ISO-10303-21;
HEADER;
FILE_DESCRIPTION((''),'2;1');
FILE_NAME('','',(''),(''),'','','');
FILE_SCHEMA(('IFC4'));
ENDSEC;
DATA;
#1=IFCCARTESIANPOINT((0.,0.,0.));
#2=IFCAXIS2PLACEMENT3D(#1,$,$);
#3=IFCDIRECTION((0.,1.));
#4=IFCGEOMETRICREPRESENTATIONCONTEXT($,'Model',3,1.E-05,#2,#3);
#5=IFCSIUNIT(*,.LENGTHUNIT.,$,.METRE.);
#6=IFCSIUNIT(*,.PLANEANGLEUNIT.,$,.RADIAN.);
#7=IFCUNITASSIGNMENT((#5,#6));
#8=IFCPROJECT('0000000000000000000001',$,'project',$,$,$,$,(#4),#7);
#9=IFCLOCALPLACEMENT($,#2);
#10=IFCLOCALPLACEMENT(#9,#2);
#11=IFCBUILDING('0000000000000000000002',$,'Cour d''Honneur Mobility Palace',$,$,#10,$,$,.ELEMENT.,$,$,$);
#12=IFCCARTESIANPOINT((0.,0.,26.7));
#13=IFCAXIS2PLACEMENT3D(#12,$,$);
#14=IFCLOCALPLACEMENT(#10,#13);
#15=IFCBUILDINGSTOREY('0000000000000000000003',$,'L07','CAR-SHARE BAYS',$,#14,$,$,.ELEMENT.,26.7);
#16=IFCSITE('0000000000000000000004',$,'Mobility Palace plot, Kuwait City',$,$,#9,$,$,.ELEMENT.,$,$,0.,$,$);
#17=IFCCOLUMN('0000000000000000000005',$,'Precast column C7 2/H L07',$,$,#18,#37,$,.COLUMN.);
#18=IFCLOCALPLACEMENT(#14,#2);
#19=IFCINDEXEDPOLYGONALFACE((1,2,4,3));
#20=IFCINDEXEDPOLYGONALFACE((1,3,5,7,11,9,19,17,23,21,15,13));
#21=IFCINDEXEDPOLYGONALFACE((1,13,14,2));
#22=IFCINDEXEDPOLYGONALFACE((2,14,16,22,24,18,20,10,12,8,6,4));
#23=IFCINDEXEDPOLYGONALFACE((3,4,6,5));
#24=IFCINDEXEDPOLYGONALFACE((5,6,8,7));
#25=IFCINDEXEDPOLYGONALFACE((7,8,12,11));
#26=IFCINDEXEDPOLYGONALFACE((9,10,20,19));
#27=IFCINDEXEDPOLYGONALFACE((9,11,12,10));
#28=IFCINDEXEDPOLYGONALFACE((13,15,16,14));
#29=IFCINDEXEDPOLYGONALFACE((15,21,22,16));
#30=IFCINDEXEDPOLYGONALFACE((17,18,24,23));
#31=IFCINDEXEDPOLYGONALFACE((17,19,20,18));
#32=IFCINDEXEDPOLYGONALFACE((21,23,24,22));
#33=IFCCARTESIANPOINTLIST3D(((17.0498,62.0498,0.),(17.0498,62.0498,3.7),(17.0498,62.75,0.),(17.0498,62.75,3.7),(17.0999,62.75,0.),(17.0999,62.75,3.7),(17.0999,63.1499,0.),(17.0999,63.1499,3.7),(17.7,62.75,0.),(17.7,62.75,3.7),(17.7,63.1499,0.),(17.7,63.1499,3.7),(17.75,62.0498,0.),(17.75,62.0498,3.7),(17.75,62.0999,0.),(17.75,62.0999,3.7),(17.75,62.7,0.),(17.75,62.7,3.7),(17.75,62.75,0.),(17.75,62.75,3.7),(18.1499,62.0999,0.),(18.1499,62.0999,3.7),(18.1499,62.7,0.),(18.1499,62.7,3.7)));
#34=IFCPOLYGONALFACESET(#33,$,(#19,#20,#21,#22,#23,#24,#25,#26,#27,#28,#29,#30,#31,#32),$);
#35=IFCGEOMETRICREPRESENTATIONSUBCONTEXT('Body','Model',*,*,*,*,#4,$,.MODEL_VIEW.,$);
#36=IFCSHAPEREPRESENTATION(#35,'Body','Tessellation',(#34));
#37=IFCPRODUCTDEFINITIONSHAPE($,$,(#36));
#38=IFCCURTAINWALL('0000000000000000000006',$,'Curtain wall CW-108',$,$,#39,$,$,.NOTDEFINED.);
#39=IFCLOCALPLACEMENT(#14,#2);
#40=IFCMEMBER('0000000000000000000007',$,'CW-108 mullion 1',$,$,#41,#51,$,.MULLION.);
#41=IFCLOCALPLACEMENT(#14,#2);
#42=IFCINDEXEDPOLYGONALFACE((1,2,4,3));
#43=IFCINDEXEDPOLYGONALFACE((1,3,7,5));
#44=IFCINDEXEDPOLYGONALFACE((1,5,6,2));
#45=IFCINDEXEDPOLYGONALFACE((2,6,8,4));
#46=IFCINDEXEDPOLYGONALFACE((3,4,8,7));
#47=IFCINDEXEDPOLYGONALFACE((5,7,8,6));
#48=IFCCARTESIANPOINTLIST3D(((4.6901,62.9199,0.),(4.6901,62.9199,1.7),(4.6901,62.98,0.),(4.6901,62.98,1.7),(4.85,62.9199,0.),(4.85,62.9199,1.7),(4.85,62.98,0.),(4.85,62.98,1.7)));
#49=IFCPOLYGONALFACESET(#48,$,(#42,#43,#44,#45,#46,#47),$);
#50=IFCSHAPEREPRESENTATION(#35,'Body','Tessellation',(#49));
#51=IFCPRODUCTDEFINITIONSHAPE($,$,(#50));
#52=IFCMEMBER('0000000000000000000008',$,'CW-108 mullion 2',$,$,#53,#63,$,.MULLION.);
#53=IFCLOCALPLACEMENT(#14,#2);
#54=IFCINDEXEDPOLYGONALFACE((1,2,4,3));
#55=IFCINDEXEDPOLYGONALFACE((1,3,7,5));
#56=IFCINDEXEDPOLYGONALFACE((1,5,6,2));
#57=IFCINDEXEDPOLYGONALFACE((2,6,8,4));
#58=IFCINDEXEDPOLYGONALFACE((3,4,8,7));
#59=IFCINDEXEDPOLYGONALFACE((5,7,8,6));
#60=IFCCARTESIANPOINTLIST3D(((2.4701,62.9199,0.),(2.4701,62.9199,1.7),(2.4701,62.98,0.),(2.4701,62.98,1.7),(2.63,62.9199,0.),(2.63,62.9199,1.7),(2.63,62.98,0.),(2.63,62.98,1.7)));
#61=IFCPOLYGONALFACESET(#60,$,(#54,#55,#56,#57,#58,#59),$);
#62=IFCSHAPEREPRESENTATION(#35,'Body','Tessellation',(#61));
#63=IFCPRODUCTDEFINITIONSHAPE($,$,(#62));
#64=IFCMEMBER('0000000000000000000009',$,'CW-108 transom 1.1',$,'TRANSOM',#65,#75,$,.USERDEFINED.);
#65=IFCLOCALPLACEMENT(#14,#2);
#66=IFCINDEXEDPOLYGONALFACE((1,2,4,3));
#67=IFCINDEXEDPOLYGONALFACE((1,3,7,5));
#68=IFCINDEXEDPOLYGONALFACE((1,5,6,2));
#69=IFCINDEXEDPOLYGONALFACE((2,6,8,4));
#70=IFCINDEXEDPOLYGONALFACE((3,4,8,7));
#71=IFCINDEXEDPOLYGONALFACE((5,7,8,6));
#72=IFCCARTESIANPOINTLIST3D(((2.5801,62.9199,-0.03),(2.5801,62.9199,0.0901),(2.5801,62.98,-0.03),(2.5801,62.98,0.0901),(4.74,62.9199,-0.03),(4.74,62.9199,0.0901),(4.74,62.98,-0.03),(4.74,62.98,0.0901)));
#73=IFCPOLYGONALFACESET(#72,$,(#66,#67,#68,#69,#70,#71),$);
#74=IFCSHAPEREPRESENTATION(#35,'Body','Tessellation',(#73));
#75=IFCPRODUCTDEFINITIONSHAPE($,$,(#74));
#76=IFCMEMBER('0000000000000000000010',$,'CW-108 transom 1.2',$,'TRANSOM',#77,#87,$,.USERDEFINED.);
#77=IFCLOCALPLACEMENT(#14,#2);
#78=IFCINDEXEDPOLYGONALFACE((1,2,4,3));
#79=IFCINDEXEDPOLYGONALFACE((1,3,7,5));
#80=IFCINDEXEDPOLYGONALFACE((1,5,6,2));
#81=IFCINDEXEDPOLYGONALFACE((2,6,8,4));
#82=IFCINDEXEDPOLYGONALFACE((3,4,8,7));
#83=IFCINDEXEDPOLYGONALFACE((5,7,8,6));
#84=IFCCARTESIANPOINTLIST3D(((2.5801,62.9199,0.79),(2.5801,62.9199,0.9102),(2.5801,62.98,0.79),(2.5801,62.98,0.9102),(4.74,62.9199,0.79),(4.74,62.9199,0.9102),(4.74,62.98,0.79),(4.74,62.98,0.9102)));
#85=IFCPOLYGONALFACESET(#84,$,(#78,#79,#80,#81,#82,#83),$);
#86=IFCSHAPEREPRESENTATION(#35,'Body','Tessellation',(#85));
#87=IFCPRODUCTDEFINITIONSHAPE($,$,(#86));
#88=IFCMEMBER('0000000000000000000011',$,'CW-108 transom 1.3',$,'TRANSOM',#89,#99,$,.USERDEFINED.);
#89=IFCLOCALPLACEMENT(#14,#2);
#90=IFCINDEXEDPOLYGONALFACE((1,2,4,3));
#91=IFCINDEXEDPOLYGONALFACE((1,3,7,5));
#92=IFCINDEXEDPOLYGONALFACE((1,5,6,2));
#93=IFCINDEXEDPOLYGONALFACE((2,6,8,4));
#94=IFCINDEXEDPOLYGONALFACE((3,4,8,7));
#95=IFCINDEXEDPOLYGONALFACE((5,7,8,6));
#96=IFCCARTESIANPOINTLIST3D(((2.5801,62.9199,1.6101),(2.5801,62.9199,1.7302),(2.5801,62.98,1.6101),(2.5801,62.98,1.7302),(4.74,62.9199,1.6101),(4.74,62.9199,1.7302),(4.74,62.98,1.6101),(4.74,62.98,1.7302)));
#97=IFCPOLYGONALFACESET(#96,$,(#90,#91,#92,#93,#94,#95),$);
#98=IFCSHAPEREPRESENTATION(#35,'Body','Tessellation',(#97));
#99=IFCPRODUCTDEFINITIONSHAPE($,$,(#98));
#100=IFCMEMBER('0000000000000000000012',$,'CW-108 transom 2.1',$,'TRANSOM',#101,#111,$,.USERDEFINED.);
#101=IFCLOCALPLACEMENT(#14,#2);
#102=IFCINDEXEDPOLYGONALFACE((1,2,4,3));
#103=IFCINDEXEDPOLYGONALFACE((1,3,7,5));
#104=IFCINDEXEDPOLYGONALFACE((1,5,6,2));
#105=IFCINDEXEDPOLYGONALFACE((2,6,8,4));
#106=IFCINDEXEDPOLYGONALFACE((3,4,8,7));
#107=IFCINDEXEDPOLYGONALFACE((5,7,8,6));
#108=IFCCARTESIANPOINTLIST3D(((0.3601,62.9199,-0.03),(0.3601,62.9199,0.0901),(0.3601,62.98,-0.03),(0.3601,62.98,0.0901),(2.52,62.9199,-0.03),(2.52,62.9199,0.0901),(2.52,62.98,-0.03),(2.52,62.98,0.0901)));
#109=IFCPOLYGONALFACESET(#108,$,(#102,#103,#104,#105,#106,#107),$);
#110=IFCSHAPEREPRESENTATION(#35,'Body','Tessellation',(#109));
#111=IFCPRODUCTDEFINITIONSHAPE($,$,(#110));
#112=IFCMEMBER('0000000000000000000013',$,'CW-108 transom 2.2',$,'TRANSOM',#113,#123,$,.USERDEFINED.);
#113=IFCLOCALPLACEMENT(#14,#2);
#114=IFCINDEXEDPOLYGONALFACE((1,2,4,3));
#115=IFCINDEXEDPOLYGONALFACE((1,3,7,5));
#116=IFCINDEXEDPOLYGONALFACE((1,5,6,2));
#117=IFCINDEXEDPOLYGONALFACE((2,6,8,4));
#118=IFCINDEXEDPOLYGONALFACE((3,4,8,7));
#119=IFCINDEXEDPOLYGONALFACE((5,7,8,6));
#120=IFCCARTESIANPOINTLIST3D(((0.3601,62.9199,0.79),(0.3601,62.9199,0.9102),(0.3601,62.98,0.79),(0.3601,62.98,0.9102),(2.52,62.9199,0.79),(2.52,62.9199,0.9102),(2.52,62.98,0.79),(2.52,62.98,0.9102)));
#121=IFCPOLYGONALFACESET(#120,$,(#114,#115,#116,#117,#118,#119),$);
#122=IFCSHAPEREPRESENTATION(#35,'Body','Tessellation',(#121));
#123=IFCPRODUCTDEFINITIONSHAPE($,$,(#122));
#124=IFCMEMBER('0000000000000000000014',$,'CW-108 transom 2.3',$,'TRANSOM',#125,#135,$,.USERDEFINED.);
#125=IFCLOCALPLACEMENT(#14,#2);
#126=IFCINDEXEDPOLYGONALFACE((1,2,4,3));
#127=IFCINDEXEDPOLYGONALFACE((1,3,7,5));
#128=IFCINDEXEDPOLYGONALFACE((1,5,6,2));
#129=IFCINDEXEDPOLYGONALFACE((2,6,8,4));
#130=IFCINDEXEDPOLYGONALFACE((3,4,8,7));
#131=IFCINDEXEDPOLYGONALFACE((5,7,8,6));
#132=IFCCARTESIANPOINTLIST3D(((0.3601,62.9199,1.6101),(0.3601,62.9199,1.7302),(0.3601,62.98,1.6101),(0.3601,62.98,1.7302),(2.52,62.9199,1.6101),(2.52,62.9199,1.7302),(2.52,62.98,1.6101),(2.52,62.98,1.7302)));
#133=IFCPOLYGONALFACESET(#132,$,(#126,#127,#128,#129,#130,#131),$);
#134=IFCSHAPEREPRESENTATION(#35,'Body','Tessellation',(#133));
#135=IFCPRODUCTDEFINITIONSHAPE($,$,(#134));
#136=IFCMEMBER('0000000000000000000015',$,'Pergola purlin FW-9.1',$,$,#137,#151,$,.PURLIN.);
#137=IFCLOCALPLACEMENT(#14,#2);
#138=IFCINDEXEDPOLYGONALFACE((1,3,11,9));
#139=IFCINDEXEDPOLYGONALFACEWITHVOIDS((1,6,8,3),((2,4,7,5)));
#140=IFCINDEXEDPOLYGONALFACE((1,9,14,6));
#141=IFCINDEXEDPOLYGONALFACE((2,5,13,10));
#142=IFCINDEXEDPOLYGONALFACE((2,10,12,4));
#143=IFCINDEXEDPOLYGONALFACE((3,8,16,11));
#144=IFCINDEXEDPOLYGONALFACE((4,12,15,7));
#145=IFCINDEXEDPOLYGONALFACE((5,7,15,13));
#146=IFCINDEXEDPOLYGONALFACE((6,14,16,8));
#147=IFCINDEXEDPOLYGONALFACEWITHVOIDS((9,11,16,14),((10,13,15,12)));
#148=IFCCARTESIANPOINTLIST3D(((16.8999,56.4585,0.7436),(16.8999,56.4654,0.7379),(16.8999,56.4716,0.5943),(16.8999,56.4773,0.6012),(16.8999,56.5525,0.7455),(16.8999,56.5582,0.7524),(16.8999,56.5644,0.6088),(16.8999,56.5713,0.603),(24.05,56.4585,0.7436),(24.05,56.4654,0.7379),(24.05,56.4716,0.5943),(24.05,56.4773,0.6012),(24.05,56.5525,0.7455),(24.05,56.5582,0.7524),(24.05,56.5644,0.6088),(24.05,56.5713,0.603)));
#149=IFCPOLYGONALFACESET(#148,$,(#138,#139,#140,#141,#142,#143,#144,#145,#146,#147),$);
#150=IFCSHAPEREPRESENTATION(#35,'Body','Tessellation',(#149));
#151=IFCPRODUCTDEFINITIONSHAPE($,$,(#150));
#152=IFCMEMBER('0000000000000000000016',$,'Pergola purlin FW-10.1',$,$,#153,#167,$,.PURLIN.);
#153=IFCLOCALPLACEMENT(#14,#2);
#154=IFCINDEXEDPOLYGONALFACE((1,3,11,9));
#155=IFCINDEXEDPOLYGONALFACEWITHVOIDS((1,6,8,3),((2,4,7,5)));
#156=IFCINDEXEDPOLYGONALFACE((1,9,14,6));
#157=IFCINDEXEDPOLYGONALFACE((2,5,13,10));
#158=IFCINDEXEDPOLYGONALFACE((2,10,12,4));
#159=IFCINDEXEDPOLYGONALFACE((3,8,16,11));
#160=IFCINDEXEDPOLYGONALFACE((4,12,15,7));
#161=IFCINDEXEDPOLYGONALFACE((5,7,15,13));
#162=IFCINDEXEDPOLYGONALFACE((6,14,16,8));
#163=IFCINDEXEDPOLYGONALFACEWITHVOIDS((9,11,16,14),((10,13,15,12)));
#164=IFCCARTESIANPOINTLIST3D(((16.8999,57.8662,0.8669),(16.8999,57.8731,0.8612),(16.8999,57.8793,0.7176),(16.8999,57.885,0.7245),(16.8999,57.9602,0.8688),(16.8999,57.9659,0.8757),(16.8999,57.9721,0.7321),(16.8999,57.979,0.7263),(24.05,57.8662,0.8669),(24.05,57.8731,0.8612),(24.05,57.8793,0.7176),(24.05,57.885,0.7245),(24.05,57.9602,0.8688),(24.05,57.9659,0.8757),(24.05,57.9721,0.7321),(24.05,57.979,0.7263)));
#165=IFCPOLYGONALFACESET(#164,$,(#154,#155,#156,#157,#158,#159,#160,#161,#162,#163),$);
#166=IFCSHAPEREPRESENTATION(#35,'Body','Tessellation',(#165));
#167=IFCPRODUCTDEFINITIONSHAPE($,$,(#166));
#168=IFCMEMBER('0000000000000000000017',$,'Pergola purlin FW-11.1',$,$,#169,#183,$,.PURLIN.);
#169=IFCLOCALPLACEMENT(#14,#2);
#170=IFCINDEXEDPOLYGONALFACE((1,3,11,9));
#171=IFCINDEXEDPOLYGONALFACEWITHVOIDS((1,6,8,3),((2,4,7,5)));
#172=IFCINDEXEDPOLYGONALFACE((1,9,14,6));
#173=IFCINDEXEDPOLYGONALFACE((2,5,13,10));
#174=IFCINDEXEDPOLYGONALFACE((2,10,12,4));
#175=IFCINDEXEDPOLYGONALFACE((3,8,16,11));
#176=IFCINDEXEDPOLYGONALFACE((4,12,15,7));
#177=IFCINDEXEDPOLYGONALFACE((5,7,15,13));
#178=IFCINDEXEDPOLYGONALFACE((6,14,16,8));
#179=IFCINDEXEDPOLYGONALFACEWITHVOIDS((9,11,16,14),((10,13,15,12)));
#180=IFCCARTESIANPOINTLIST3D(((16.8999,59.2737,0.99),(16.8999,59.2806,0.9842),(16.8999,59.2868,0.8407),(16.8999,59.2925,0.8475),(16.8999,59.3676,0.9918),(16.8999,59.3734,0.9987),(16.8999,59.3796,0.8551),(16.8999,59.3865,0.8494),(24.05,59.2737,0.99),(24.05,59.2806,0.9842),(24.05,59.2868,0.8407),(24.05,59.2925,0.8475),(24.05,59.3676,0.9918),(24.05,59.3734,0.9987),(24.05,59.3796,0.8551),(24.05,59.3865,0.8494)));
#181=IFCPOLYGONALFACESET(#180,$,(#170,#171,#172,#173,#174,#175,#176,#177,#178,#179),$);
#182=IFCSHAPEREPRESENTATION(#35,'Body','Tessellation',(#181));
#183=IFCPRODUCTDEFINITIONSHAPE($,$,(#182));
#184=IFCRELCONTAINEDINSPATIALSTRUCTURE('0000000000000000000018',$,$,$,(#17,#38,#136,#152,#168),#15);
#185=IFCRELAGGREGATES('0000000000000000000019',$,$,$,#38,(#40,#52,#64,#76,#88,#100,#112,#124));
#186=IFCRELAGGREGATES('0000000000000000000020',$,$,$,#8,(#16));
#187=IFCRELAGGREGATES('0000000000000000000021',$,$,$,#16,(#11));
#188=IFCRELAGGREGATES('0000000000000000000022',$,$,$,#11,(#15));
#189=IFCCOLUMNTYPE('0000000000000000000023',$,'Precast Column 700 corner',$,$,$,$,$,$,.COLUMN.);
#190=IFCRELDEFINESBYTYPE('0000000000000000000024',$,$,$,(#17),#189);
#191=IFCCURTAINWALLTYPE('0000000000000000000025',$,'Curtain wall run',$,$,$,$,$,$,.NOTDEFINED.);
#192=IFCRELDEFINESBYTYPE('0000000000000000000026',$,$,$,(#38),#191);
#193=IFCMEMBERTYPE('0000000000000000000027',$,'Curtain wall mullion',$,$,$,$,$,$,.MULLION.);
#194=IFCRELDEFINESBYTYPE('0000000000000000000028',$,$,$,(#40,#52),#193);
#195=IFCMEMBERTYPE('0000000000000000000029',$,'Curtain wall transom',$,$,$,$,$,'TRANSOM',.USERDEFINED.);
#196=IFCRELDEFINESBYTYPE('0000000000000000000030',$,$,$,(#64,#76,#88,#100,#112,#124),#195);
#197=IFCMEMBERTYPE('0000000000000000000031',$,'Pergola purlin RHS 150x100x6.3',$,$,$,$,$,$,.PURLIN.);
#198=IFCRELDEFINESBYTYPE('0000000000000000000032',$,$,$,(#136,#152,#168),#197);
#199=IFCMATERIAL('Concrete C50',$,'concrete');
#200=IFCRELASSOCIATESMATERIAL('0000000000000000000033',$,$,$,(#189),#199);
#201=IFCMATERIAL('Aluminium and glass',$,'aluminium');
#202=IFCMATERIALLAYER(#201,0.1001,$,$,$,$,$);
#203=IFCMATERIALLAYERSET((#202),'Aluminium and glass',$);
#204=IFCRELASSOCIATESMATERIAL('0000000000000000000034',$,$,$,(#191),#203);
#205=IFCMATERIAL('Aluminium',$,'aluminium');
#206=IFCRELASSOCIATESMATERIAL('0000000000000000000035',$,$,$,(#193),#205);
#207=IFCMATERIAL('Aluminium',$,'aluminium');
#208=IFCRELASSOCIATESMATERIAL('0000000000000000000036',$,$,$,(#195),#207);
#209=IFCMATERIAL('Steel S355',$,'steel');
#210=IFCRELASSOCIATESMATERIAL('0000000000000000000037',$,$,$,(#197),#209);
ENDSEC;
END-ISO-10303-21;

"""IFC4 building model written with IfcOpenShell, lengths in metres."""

from ifc_helpers import new_model, si_unit, direction, frame, origin, origin_2d, place, context, subcontext, project, spatial, polyline, rectangle, hollow_rectangle, outline, extrude, material, layer, layer_set, material_profile, profile_set, type_object, element, aggregate, save


model = new_model("IFC4")

# Units and contexts
model_context = context("Model", 3, precision=1e-05, world=origin(), true_north=direction((0.0, 1.0)))
body_context = subcontext(model_context, "Body", "Model", "MODEL_VIEW")
ifc_project = project(units=[si_unit("LENGTHUNIT", "METRE"), si_unit("PLANEANGLEUNIT", "RADIAN")], contexts=[model_context])

# Site, building, storey
site_placement = place(None, origin())
site = spatial("IfcSite", under=ifc_project, at=site_placement, Name="Mobility Palace plot, Kuwait City", CompositionType="ELEMENT", RefElevation=0.0)
building_placement = place(site_placement, origin())
building = spatial("IfcBuilding", under=site, at=building_placement, Name="Cour d'Honneur Mobility Palace", CompositionType="ELEMENT")
storey_placement = place(building_placement, frame((0.0, 0.0, 26.7)))
storey = spatial("IfcBuildingStorey", under=building, at=storey_placement, Name="L07", Description="CAR-SHARE BAYS", CompositionType="ELEMENT", Elevation=26.7)

# Column
ifc_material_1 = material(Name="Concrete C50", Category="concrete")
ifc_material_profile_1 = material_profile(ifc_material_1, outline(polyline([(-0.3501, -0.3501), (0.3501, -0.3501), (0.3501, -0.3), (0.75, -0.3), (0.75, 0.3), (0.3501, 0.3), (0.3501, 0.3501), (0.3, 0.3501), (0.3, 0.75), (-0.3, 0.75), (-0.3, 0.3501), (-0.3501, 0.3501), (-0.3501, -0.3501)])), Name="PC C700 corner")
ifc_profile_set_1 = profile_set([ifc_material_profile_1], Name="Concrete C50")
column_type = type_object("IfcColumnType", Name="Precast Column 700 corner", PredefinedType="COLUMN", material=ifc_profile_set_1)
column_placement = place(storey_placement, frame((17.3999, 62.3999, 0.0), z_axis=(0.0, 0.0, 1.0), x_axis=(1.0, 0.0, 0.0)))
element("IfcColumn", 1, at=column_placement, inside=storey, type_object=column_type, Name="Precast column C7 2/H L07", PredefinedType="COLUMN", context=body_context, shape_type="SweptSolid", body=[
    extrude(outline(polyline([(-0.3501, -0.3501), (0.3501, -0.3501), (0.3501, -0.3), (0.75, -0.3), (0.75, 0.3), (0.3501, 0.3), (0.3501, 0.3501), (0.3, 0.3501), (0.3, 0.75), (-0.3, 0.75), (-0.3, 0.3501), (-0.3501, 0.3501), (-0.3501, -0.3501)])), origin(), (0.0, 0.0, 1.0), 3.7),
])

# Curtain wall, members
ifc_material_2 = material(Name="Aluminium and glass", Category="aluminium")
ifc_layer_1 = layer(ifc_material_2, 0.1001)
ifc_layer_set_1 = layer_set([ifc_layer_1], Name="Aluminium and glass")
curtain_wall_type = type_object("IfcCurtainWallType", Name="Curtain wall run", PredefinedType="NOTDEFINED", material=ifc_layer_set_1)
curtain_wall_placement = place(storey_placement, origin())
curtain_wall = element("IfcCurtainWall", 2, at=curtain_wall_placement, inside=storey, type_object=curtain_wall_type, Name="Curtain wall CW-108", PredefinedType="NOTDEFINED")
ifc_material_3 = material(Name="Aluminium", Category="aluminium")
ifc_material_profile_2 = material_profile(ifc_material_3, rectangle(XDim=0.0601, YDim=0.1599, at=origin_2d()), Name="Curtain wall mullion")
ifc_profile_set_2 = profile_set([ifc_material_profile_2], Name="Aluminium")
member_type_1 = type_object("IfcMemberType", Name="Curtain wall mullion", PredefinedType="MULLION", material=ifc_profile_set_2)
member_1_placement = place(storey_placement, frame((4.77, 62.95, 0.0), z_axis=(0.0, 0.0, 1.0), x_axis=(0.0, -1.0, 0.0)))
member_1 = element("IfcMember", 3, at=member_1_placement, type_object=member_type_1, Name="CW-108 mullion 1", PredefinedType="MULLION", context=body_context, shape_type="SweptSolid", body=[
    extrude(rectangle(XDim=0.0601, YDim=0.1599, at=origin_2d()), origin(), (0.0, 0.0, 1.0), 1.7),
])
member_2_placement = place(storey_placement, frame((2.55, 62.95, 0.0), z_axis=(0.0, 0.0, 1.0), x_axis=(0.0, -1.0, 0.0)))
member_2 = element("IfcMember", 4, at=member_2_placement, type_object=member_type_1, Name="CW-108 mullion 2", PredefinedType="MULLION", context=body_context, shape_type="SweptSolid", body=[
    extrude(rectangle(XDim=0.0601, YDim=0.1599, at=origin_2d()), origin(), (0.0, 0.0, 1.0), 1.7),
])
ifc_material_4 = material(Name="Aluminium", Category="aluminium")
ifc_material_profile_3 = material_profile(ifc_material_4, rectangle(XDim=0.0601, YDim=0.1201, at=origin_2d()), Name="Curtain wall transom")
ifc_profile_set_3 = profile_set([ifc_material_profile_3], Name="Aluminium")
member_type_2 = type_object("IfcMemberType", Name="Curtain wall transom", ElementType="TRANSOM", PredefinedType="USERDEFINED", material=ifc_profile_set_3)
member_3_placement = place(storey_placement, frame((4.74, 62.95, 0.03), z_axis=(-1.0, 0.0, 0.0), x_axis=(0.0, -1.0, 0.0)))
member_3 = element("IfcMember", 5, at=member_3_placement, type_object=member_type_2, Name="CW-108 transom 1.1", ObjectType="TRANSOM", PredefinedType="USERDEFINED", context=body_context, shape_type="SweptSolid", body=[
    extrude(rectangle(XDim=0.0601, YDim=0.1201, at=origin_2d()), origin(), (0.0, 0.0, 1.0), 2.1599),
])
member_4_placement = place(storey_placement, frame((4.74, 62.95, 0.8501), z_axis=(-1.0, 0.0, 0.0), x_axis=(0.0, -1.0, 0.0)))
member_4 = element("IfcMember", 6, at=member_4_placement, type_object=member_type_2, Name="CW-108 transom 1.2", ObjectType="TRANSOM", PredefinedType="USERDEFINED", context=body_context, shape_type="SweptSolid", body=[
    extrude(rectangle(XDim=0.0601, YDim=0.1201, at=origin_2d()), origin(), (0.0, 0.0, 1.0), 2.1599),
])
member_5_placement = place(storey_placement, frame((4.74, 62.95, 1.6702), z_axis=(-1.0, 0.0, 0.0), x_axis=(0.0, -1.0, 0.0)))
member_5 = element("IfcMember", 7, at=member_5_placement, type_object=member_type_2, Name="CW-108 transom 1.3", ObjectType="TRANSOM", PredefinedType="USERDEFINED", context=body_context, shape_type="SweptSolid", body=[
    extrude(rectangle(XDim=0.0601, YDim=0.1201, at=origin_2d()), origin(), (0.0, 0.0, 1.0), 2.1599),
])
member_6_placement = place(storey_placement, frame((2.52, 62.95, 0.03), z_axis=(-1.0, 0.0, 0.0), x_axis=(0.0, -1.0, 0.0)))
member_6 = element("IfcMember", 8, at=member_6_placement, type_object=member_type_2, Name="CW-108 transom 2.1", ObjectType="TRANSOM", PredefinedType="USERDEFINED", context=body_context, shape_type="SweptSolid", body=[
    extrude(rectangle(XDim=0.0601, YDim=0.1201, at=origin_2d()), origin(), (0.0, 0.0, 1.0), 2.1599),
])
member_7_placement = place(storey_placement, frame((2.52, 62.95, 0.8501), z_axis=(-1.0, 0.0, 0.0), x_axis=(0.0, -1.0, 0.0)))
member_7 = element("IfcMember", 9, at=member_7_placement, type_object=member_type_2, Name="CW-108 transom 2.2", ObjectType="TRANSOM", PredefinedType="USERDEFINED", context=body_context, shape_type="SweptSolid", body=[
    extrude(rectangle(XDim=0.0601, YDim=0.1201, at=origin_2d()), origin(), (0.0, 0.0, 1.0), 2.1599),
])
member_8_placement = place(storey_placement, frame((2.52, 62.95, 1.6702), z_axis=(-1.0, 0.0, 0.0), x_axis=(0.0, -1.0, 0.0)))
member_8 = element("IfcMember", 10, at=member_8_placement, type_object=member_type_2, Name="CW-108 transom 2.3", ObjectType="TRANSOM", PredefinedType="USERDEFINED", context=body_context, shape_type="SweptSolid", body=[
    extrude(rectangle(XDim=0.0601, YDim=0.1201, at=origin_2d()), origin(), (0.0, 0.0, 1.0), 2.1599),
])

# Members
ifc_material_5 = material(Name="Steel S355", Category="steel")
ifc_material_profile_4 = material_profile(ifc_material_5, hollow_rectangle(XDim=0.1001, YDim=0.1499, WallThickness=0.0063, at=origin_2d()), Name="RHS 150x100x6.3")
ifc_profile_set_4 = profile_set([ifc_material_profile_4], Name="Steel S355")
member_type_3 = type_object("IfcMemberType", Name="Pergola purlin RHS 150x100x6.3", PredefinedType="PURLIN", material=ifc_profile_set_4)
for number, where, z_axis, x_axis, name in (
    (11, (16.8999, 56.5149, 0.6733), (1.0, 0.0, 0.0), (0.0, 0.996197, 0.087131), "Pergola purlin FW-9.1"),
    (12, (16.8999, 57.9226, 0.7966), (1.0, 0.0, 0.0), (0.0, 0.996197, 0.087131), "Pergola purlin FW-10.1"),
    (13, (16.8999, 59.3301, 0.9197), (1.0, 0.0, 0.0), (0.0, 0.996197, 0.087131), "Pergola purlin FW-11.1"),
):
    element("IfcMember", number, at=place(storey_placement, frame(where, z_axis=z_axis, x_axis=x_axis)), inside=storey, type_object=member_type_3, Name=name, PredefinedType="PURLIN", context=body_context, shape_type="SweptSolid", body=[
        extrude(hollow_rectangle(XDim=0.1001, YDim=0.1499, WallThickness=0.0063, at=origin_2d()), origin(), (0.0, 0.0, 1.0), 7.1501),
    ])

aggregate(curtain_wall, [member_1, member_2, member_3, member_4, member_5, member_6, member_7, member_8])

save(model, "model.ifc")
